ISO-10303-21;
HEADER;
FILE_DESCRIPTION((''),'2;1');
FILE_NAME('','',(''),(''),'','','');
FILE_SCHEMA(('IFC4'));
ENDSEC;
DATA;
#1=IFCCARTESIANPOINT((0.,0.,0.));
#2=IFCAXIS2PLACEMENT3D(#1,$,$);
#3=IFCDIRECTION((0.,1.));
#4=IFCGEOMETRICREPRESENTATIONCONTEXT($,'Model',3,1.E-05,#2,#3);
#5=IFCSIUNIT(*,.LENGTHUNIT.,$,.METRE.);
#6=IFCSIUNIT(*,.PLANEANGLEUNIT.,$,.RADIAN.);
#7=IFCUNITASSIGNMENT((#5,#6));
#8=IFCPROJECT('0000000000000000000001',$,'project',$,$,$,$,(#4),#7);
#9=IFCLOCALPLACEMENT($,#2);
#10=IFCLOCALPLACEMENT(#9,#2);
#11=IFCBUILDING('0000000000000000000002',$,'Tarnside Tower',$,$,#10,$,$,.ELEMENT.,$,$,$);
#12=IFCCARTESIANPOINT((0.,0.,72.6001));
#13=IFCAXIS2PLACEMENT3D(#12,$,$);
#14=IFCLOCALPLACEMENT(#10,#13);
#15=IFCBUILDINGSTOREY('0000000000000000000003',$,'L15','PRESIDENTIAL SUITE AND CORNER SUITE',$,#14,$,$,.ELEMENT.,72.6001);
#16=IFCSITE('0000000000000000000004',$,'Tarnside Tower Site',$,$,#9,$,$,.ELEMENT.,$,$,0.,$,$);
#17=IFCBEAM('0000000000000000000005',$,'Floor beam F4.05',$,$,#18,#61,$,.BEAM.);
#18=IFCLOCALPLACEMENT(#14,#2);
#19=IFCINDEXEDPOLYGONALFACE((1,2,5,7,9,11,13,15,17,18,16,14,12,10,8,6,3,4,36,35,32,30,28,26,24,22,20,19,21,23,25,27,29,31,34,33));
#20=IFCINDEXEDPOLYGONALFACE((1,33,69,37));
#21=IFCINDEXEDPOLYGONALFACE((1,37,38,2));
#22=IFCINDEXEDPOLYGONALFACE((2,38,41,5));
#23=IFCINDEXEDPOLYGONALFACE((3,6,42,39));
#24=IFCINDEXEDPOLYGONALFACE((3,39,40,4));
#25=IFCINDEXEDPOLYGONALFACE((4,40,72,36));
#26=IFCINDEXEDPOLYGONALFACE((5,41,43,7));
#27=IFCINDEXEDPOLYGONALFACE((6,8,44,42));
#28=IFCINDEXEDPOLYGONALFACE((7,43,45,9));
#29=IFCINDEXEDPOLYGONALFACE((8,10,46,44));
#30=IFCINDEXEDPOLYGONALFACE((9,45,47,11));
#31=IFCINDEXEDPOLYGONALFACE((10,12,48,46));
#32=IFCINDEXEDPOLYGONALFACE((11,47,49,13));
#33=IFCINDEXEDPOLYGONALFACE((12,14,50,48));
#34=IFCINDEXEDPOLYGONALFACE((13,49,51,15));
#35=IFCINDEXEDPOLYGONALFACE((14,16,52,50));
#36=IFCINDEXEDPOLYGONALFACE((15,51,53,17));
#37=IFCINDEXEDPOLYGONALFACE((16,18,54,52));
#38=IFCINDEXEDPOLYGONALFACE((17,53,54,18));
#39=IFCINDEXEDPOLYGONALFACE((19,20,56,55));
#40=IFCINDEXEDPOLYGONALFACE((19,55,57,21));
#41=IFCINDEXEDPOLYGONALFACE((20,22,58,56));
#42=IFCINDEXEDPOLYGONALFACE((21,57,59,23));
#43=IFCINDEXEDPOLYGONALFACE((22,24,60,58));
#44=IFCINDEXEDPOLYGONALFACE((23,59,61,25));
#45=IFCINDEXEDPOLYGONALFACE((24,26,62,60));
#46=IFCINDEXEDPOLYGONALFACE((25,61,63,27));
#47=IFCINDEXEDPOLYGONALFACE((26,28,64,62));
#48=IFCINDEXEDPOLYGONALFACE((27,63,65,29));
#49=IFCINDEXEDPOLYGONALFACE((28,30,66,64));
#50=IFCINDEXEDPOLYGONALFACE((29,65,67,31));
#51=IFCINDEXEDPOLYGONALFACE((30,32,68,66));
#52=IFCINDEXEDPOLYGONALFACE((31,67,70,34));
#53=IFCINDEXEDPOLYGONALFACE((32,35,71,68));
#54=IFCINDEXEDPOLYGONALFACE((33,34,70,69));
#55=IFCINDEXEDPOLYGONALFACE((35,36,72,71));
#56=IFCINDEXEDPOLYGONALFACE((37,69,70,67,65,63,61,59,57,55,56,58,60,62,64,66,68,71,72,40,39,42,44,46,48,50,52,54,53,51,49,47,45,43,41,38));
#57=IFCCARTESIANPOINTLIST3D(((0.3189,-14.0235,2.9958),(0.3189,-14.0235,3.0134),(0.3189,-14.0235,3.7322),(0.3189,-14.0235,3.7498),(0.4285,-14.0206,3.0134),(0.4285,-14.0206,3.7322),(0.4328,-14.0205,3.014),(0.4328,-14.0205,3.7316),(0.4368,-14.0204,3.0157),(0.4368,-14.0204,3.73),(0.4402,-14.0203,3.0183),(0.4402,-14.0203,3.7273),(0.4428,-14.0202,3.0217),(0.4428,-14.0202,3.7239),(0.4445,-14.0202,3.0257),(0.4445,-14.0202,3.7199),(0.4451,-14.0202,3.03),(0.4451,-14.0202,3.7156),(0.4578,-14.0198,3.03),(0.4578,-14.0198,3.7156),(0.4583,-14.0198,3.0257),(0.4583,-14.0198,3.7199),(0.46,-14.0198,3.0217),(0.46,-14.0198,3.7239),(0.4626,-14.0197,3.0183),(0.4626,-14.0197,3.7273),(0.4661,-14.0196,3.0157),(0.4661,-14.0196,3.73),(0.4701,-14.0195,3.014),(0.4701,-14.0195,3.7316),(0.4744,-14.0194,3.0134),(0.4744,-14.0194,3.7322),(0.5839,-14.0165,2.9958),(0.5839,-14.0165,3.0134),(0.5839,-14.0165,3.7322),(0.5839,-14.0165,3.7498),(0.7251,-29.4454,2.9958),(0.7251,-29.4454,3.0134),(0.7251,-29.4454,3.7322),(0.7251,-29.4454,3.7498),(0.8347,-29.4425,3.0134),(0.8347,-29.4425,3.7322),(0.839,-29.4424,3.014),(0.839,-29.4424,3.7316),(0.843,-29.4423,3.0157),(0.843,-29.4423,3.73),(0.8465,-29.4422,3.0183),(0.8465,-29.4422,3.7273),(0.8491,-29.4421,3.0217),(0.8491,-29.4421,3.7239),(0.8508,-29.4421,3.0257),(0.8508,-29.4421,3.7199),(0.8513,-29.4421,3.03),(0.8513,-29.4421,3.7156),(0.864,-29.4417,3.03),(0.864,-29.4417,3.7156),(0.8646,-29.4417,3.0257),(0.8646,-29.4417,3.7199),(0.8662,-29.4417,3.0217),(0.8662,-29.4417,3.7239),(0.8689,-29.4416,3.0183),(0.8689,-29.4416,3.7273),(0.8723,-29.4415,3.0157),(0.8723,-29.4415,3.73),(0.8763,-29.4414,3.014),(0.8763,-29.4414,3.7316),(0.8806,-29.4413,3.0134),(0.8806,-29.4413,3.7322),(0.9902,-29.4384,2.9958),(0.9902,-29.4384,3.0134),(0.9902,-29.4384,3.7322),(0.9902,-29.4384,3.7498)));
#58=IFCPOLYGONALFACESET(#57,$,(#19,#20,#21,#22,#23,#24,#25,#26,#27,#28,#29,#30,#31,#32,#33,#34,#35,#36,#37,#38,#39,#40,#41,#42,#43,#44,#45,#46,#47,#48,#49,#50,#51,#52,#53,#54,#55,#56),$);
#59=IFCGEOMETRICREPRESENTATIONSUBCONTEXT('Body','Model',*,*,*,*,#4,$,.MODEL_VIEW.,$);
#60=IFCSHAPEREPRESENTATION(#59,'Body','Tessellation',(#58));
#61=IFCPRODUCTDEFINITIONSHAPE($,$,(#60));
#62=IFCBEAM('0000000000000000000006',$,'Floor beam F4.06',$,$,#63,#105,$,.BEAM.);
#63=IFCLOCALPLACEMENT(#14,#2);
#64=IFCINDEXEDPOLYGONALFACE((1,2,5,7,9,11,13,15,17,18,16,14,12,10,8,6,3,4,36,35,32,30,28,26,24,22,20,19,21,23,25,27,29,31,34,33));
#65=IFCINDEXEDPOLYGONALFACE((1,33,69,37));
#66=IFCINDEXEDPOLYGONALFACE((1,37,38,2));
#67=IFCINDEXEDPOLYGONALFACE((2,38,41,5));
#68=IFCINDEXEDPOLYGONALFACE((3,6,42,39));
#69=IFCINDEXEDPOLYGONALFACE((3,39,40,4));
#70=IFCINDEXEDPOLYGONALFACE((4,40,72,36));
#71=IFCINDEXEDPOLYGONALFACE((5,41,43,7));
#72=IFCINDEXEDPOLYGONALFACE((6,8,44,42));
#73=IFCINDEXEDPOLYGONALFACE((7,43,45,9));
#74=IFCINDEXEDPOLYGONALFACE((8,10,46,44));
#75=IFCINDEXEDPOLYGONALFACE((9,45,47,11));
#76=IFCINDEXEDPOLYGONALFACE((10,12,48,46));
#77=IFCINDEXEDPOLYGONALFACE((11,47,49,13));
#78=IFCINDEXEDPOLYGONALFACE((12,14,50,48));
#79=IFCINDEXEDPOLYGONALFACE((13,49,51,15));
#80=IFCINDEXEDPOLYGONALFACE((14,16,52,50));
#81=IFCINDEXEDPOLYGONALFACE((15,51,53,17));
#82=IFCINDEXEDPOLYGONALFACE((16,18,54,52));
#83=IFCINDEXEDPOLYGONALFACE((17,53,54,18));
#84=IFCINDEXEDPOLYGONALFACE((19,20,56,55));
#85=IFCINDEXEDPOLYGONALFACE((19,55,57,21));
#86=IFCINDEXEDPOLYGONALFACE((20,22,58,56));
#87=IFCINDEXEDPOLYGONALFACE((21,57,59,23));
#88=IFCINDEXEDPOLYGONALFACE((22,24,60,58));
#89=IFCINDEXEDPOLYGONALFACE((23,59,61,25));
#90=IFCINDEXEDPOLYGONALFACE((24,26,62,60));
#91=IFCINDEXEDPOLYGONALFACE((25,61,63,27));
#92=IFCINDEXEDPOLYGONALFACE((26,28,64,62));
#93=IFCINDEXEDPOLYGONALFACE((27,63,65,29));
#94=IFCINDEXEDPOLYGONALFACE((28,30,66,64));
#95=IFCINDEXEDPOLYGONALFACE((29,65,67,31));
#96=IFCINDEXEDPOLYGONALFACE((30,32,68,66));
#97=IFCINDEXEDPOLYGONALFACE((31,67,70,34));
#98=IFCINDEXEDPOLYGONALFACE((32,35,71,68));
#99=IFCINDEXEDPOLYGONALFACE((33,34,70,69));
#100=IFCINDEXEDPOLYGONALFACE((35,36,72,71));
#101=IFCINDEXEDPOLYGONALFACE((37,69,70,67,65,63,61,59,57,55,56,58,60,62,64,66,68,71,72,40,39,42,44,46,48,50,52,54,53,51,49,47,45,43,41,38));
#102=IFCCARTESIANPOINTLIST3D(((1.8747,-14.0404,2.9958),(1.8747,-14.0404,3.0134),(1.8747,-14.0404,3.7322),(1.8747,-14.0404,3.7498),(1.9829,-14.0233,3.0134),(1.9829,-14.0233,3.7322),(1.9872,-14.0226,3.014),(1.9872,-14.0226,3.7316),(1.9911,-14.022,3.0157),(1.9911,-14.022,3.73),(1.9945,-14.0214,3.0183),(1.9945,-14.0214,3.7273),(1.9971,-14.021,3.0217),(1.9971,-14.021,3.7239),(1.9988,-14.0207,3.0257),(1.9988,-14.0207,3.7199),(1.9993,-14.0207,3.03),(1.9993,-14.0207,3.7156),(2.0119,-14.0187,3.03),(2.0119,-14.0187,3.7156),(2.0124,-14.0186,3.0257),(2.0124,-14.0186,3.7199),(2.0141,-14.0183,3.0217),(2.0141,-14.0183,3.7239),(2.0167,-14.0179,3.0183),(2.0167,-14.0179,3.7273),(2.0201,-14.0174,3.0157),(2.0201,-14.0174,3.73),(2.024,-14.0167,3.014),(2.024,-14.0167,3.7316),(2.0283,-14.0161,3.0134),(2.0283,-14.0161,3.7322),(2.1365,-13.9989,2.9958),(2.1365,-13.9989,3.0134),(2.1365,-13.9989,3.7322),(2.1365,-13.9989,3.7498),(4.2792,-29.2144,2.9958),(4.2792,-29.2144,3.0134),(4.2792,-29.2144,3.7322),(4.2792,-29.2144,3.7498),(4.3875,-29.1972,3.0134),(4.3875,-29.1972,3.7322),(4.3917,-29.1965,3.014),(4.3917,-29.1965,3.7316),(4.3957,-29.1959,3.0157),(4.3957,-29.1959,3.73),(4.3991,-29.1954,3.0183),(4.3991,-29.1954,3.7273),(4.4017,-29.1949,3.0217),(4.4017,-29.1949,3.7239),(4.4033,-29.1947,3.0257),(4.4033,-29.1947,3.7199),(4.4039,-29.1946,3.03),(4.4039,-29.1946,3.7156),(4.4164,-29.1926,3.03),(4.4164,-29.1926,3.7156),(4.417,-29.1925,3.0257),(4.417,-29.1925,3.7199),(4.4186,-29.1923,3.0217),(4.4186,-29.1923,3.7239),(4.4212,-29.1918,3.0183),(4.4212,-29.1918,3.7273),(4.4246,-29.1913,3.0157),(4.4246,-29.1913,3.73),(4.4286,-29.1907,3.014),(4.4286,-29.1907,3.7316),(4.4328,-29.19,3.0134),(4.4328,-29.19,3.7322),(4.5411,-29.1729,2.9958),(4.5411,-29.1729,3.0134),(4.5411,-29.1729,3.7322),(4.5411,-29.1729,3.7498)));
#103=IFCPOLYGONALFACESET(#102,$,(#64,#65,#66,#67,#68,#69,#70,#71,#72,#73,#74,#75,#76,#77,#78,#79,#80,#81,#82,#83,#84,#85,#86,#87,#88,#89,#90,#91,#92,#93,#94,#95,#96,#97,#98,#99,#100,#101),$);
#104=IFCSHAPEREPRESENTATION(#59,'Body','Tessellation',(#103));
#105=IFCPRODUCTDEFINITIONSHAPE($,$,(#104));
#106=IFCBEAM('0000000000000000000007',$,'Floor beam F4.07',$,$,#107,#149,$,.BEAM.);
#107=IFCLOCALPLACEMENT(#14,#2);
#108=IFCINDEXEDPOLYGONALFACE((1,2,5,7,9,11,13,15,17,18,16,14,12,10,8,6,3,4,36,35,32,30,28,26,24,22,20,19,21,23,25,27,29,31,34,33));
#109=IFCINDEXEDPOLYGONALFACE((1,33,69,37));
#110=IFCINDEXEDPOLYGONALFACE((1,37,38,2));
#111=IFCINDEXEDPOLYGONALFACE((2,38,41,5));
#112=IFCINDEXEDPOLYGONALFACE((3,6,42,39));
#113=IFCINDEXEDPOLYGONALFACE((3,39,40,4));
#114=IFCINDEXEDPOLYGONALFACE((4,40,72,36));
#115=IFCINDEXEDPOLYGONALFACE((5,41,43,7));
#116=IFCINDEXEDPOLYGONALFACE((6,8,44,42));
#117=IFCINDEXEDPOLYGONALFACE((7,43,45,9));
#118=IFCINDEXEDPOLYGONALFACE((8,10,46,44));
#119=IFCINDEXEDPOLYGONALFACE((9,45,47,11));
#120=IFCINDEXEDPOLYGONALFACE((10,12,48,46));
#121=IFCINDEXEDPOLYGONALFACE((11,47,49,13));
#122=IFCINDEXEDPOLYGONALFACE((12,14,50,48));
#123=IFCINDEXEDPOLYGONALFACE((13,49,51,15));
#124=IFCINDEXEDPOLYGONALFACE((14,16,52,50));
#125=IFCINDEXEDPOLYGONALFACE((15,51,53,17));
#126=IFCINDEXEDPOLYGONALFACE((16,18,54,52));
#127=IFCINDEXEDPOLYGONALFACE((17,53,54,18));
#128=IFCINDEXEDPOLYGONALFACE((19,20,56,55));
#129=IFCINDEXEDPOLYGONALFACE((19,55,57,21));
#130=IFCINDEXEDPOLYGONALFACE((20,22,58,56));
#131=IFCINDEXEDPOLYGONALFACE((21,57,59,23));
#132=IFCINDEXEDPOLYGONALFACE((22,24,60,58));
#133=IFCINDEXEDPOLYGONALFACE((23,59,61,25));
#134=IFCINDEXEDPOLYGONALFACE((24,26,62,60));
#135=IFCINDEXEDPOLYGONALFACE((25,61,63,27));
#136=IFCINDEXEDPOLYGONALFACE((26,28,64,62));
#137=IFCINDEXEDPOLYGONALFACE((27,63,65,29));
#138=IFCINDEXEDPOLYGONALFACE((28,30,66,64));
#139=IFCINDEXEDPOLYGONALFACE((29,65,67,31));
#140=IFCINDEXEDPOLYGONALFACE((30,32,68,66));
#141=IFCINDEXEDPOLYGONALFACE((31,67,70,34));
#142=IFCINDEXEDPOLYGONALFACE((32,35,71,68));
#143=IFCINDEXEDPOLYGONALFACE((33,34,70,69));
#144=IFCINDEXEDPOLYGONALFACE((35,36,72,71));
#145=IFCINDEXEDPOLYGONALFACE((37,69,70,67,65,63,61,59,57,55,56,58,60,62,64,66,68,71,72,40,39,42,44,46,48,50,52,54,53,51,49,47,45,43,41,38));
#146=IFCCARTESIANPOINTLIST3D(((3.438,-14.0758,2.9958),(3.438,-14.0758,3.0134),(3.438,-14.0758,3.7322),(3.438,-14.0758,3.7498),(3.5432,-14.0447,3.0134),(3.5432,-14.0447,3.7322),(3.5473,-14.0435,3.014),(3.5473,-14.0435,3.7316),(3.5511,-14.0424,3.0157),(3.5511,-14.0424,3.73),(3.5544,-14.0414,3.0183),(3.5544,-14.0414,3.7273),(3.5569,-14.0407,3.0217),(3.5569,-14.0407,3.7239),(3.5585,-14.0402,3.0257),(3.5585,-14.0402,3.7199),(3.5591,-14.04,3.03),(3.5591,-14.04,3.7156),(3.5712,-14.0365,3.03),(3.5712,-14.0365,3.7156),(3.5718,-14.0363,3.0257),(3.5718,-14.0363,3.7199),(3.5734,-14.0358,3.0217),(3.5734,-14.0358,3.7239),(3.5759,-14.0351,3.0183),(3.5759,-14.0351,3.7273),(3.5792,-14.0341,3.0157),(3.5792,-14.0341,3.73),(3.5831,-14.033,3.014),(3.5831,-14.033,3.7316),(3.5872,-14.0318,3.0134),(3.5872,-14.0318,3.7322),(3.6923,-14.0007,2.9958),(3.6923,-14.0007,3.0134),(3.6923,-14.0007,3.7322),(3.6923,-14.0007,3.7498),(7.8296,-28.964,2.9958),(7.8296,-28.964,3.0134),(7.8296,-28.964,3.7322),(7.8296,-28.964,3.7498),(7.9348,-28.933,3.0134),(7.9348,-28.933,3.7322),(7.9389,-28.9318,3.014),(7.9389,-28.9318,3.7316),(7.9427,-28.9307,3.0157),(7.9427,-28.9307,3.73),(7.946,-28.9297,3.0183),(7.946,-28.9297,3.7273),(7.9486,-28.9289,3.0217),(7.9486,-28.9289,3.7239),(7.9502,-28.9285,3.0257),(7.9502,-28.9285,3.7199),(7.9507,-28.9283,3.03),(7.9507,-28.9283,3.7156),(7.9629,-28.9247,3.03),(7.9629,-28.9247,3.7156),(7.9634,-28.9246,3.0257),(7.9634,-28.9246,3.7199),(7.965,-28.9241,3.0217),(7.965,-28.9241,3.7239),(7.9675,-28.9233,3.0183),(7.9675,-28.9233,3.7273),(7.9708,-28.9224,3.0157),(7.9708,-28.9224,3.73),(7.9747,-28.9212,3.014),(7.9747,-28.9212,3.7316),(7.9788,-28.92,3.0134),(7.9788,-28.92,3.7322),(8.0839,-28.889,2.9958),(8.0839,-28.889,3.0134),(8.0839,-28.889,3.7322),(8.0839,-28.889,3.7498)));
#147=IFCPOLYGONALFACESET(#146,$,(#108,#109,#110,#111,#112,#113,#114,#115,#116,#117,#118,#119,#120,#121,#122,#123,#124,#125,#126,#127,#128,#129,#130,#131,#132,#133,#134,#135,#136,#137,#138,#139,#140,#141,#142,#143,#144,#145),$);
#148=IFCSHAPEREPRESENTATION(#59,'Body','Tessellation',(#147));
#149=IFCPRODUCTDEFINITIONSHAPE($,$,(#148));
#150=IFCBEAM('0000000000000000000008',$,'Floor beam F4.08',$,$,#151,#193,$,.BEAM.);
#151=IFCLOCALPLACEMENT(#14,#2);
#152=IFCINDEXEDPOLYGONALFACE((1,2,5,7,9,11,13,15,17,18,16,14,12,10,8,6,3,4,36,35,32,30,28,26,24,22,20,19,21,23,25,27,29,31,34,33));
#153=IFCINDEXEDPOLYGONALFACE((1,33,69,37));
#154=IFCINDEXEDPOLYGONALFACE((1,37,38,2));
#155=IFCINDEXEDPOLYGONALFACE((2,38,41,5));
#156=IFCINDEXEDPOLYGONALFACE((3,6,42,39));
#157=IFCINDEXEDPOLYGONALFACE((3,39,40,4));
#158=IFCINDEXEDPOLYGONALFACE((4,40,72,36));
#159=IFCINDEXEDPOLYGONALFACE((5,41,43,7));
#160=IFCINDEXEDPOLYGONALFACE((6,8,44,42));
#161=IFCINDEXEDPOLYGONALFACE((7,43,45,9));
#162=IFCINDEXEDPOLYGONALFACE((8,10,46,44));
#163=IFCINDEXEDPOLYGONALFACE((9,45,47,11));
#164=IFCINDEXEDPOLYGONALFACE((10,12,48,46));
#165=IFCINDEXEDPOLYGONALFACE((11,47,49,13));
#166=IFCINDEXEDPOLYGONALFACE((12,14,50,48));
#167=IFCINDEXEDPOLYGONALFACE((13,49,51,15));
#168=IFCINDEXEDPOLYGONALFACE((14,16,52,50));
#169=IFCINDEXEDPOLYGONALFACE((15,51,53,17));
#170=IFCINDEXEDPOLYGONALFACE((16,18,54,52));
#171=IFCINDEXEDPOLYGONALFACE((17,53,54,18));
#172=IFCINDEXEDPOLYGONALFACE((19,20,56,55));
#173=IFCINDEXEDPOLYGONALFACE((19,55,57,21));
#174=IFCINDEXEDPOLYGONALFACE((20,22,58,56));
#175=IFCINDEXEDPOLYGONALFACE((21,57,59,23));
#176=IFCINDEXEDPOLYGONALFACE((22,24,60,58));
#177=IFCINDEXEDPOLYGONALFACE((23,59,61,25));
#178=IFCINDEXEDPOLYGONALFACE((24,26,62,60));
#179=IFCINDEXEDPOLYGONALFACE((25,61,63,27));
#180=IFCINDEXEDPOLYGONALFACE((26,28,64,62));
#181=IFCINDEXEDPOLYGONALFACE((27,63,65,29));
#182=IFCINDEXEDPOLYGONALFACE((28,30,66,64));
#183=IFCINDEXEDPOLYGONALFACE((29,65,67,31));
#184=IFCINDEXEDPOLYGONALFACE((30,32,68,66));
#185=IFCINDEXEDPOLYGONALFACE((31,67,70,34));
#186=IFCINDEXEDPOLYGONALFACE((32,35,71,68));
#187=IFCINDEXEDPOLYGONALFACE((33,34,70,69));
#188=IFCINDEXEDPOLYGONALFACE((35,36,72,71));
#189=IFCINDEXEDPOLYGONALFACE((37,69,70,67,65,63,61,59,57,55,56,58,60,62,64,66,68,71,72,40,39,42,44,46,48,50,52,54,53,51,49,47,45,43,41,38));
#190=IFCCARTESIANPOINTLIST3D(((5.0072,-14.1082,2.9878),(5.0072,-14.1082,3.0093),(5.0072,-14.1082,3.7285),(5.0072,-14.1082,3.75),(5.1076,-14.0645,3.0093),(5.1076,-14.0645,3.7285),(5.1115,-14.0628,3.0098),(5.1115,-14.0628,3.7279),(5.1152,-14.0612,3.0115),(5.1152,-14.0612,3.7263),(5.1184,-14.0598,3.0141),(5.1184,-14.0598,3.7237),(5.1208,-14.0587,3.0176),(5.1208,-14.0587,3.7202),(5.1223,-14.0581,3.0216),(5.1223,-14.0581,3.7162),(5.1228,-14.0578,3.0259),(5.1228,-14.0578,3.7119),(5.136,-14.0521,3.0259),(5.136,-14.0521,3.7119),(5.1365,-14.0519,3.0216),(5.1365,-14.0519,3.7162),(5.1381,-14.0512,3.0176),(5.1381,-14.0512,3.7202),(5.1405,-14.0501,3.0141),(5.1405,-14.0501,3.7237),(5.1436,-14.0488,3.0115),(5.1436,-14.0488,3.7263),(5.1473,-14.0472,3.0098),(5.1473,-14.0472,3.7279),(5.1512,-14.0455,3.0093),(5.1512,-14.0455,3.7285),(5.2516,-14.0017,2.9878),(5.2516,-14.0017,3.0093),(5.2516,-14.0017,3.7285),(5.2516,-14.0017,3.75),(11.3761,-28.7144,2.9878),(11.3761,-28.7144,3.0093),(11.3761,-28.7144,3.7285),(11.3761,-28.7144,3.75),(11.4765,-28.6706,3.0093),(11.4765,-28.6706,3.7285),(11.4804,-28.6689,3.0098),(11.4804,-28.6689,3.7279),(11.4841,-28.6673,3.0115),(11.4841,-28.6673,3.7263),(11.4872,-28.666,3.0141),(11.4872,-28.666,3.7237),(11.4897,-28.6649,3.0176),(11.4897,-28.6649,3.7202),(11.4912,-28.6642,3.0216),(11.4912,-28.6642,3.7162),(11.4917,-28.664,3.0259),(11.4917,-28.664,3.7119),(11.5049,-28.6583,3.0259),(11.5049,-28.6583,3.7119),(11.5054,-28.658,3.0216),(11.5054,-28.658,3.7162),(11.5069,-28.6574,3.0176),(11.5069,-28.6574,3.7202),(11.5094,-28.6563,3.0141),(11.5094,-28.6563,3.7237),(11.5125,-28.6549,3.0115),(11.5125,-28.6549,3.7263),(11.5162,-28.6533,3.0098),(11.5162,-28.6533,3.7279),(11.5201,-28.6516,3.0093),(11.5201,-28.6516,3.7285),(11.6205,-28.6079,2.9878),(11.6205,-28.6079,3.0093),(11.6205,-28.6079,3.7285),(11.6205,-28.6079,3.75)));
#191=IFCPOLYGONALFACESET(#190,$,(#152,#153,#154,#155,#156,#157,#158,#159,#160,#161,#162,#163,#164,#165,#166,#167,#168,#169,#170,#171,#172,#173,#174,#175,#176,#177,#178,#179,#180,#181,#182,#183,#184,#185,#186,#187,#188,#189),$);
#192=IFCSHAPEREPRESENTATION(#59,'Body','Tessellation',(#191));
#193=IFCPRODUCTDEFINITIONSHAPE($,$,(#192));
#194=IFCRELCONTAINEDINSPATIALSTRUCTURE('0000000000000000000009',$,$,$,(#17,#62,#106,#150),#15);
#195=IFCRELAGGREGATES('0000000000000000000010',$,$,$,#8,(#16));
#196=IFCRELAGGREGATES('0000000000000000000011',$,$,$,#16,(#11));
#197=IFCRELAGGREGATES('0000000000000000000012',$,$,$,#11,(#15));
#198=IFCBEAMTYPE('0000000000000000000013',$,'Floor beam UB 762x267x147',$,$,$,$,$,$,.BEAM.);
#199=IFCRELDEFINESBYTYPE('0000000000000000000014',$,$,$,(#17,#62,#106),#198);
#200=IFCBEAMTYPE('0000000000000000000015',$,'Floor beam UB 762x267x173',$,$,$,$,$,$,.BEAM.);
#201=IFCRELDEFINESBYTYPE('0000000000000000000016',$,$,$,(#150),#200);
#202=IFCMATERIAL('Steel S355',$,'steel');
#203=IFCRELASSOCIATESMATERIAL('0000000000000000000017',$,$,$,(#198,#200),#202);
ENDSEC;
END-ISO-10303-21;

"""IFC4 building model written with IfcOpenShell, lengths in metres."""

from ifc_helpers import new_model, si_unit, direction, frame, origin, origin_2d, place, context, subcontext, project, spatial, i_section, extrude, material, material_profile, profile_set, type_object, element, save


model = new_model("IFC4")

# Units and contexts
model_context = context("Model", 3, precision=1e-05, world=origin(), true_north=direction((0.0, 1.0)))
body_context = subcontext(model_context, "Body", "Model", "MODEL_VIEW")
ifc_project = project(units=[si_unit("LENGTHUNIT", "METRE"), si_unit("PLANEANGLEUNIT", "RADIAN")], contexts=[model_context])

# Site, building, storey
site_placement = place(None, origin())
site = spatial("IfcSite", under=ifc_project, at=site_placement, Name="Tarnside Tower Site", CompositionType="ELEMENT", RefElevation=0.0)
building_placement = place(site_placement, origin())
building = spatial("IfcBuilding", under=site, at=building_placement, Name="Tarnside Tower", CompositionType="ELEMENT")
storey_placement = place(building_placement, frame((0.0, 0.0, 72.6001)))
storey = spatial("IfcBuildingStorey", under=building, at=storey_placement, Name="L15", Description="PRESIDENTIAL SUITE AND CORNER SUITE", CompositionType="ELEMENT", Elevation=72.6001)

# Beams
ifc_material_1 = material(Name="Steel S355", Category="steel")
ifc_material_profile_1 = material_profile(ifc_material_1, i_section(OverallWidth=0.2651, OverallDepth=0.7539, WebThickness=0.0127, FlangeThickness=0.0176, FilletRadius=0.0166, at=origin_2d()), Name="UB 762x267x147")
ifc_profile_set_1 = profile_set([ifc_material_profile_1], Name="Steel S355")
beam_type_1 = type_object("IfcBeamType", Name="Floor beam UB 762x267x147", PredefinedType="BEAM", material=ifc_profile_set_1)
beam_1_placement = place(storey_placement, frame((0.8577, -29.4419, 3.3728), z_axis=(-0.026333, 0.999653, 0.0), x_axis=(-0.999653, -0.026333, 0.0)))
element("IfcBeam", 1, at=beam_1_placement, inside=storey, type_object=beam_type_1, Name="Floor beam F4.05", PredefinedType="BEAM", context=body_context, shape_type="SweptSolid", body=[
    extrude(i_section(OverallWidth=0.2651, OverallDepth=0.7539, WebThickness=0.0127, FlangeThickness=0.0176, FilletRadius=0.0166, at=origin_2d()), origin(), (0.0, 0.0, 1.0), 15.4272),
])
beam_2_placement = place(storey_placement, frame((4.4102, -29.1936, 3.3728), z_axis=(-0.156513, 0.987676, 0.0), x_axis=(-0.987676, -0.156513, 0.0)))
element("IfcBeam", 2, at=beam_2_placement, inside=storey, type_object=beam_type_1, Name="Floor beam F4.06", PredefinedType="BEAM", context=body_context, shape_type="SweptSolid", body=[
    extrude(i_section(OverallWidth=0.2651, OverallDepth=0.7539, WebThickness=0.0127, FlangeThickness=0.0176, FilletRadius=0.0166, at=origin_2d()), origin(), (0.0, 0.0, 1.0), 15.3633),
])
beam_3_placement = place(storey_placement, frame((7.9568, -28.9265, 3.3728), z_axis=(-0.282921, 0.959143, 0.0), x_axis=(-0.959143, -0.282921, 0.0)))
element("IfcBeam", 3, at=beam_3_placement, inside=storey, type_object=beam_type_1, Name="Floor beam F4.07", PredefinedType="BEAM", context=body_context, shape_type="SweptSolid", body=[
    extrude(i_section(OverallWidth=0.2651, OverallDepth=0.7539, WebThickness=0.0127, FlangeThickness=0.0176, FilletRadius=0.0166, at=origin_2d()), origin(), (0.0, 0.0, 1.0), 15.5225),
])
ifc_material_profile_2 = material_profile(ifc_material_1, i_section(OverallWidth=0.2666, OverallDepth=0.7622, WebThickness=0.0144, FlangeThickness=0.0215, FilletRadius=0.0166, at=origin_2d()), Name="UB 762x267x173")
ifc_profile_set_2 = profile_set([ifc_material_profile_2], Name="Steel S355")
beam_type_2 = type_object("IfcBeamType", Name="Floor beam UB 762x267x173", PredefinedType="BEAM", material=ifc_profile_set_2)
beam_4_placement = place(storey_placement, frame((11.4983, -28.6611, 3.3689), z_axis=(-0.399696, 0.916648, 0.0), x_axis=(-0.916648, -0.399696, 0.0)))
element("IfcBeam", 4, at=beam_4_placement, inside=storey, type_object=beam_type_2, Name="Floor beam F4.08", PredefinedType="BEAM", context=body_context, shape_type="SweptSolid", body=[
    extrude(i_section(OverallWidth=0.2666, OverallDepth=0.7622, WebThickness=0.0144, FlangeThickness=0.0215, FilletRadius=0.0166, at=origin_2d()), origin(), (0.0, 0.0, 1.0), 15.9343),
])

save(model, "model.ifc")
